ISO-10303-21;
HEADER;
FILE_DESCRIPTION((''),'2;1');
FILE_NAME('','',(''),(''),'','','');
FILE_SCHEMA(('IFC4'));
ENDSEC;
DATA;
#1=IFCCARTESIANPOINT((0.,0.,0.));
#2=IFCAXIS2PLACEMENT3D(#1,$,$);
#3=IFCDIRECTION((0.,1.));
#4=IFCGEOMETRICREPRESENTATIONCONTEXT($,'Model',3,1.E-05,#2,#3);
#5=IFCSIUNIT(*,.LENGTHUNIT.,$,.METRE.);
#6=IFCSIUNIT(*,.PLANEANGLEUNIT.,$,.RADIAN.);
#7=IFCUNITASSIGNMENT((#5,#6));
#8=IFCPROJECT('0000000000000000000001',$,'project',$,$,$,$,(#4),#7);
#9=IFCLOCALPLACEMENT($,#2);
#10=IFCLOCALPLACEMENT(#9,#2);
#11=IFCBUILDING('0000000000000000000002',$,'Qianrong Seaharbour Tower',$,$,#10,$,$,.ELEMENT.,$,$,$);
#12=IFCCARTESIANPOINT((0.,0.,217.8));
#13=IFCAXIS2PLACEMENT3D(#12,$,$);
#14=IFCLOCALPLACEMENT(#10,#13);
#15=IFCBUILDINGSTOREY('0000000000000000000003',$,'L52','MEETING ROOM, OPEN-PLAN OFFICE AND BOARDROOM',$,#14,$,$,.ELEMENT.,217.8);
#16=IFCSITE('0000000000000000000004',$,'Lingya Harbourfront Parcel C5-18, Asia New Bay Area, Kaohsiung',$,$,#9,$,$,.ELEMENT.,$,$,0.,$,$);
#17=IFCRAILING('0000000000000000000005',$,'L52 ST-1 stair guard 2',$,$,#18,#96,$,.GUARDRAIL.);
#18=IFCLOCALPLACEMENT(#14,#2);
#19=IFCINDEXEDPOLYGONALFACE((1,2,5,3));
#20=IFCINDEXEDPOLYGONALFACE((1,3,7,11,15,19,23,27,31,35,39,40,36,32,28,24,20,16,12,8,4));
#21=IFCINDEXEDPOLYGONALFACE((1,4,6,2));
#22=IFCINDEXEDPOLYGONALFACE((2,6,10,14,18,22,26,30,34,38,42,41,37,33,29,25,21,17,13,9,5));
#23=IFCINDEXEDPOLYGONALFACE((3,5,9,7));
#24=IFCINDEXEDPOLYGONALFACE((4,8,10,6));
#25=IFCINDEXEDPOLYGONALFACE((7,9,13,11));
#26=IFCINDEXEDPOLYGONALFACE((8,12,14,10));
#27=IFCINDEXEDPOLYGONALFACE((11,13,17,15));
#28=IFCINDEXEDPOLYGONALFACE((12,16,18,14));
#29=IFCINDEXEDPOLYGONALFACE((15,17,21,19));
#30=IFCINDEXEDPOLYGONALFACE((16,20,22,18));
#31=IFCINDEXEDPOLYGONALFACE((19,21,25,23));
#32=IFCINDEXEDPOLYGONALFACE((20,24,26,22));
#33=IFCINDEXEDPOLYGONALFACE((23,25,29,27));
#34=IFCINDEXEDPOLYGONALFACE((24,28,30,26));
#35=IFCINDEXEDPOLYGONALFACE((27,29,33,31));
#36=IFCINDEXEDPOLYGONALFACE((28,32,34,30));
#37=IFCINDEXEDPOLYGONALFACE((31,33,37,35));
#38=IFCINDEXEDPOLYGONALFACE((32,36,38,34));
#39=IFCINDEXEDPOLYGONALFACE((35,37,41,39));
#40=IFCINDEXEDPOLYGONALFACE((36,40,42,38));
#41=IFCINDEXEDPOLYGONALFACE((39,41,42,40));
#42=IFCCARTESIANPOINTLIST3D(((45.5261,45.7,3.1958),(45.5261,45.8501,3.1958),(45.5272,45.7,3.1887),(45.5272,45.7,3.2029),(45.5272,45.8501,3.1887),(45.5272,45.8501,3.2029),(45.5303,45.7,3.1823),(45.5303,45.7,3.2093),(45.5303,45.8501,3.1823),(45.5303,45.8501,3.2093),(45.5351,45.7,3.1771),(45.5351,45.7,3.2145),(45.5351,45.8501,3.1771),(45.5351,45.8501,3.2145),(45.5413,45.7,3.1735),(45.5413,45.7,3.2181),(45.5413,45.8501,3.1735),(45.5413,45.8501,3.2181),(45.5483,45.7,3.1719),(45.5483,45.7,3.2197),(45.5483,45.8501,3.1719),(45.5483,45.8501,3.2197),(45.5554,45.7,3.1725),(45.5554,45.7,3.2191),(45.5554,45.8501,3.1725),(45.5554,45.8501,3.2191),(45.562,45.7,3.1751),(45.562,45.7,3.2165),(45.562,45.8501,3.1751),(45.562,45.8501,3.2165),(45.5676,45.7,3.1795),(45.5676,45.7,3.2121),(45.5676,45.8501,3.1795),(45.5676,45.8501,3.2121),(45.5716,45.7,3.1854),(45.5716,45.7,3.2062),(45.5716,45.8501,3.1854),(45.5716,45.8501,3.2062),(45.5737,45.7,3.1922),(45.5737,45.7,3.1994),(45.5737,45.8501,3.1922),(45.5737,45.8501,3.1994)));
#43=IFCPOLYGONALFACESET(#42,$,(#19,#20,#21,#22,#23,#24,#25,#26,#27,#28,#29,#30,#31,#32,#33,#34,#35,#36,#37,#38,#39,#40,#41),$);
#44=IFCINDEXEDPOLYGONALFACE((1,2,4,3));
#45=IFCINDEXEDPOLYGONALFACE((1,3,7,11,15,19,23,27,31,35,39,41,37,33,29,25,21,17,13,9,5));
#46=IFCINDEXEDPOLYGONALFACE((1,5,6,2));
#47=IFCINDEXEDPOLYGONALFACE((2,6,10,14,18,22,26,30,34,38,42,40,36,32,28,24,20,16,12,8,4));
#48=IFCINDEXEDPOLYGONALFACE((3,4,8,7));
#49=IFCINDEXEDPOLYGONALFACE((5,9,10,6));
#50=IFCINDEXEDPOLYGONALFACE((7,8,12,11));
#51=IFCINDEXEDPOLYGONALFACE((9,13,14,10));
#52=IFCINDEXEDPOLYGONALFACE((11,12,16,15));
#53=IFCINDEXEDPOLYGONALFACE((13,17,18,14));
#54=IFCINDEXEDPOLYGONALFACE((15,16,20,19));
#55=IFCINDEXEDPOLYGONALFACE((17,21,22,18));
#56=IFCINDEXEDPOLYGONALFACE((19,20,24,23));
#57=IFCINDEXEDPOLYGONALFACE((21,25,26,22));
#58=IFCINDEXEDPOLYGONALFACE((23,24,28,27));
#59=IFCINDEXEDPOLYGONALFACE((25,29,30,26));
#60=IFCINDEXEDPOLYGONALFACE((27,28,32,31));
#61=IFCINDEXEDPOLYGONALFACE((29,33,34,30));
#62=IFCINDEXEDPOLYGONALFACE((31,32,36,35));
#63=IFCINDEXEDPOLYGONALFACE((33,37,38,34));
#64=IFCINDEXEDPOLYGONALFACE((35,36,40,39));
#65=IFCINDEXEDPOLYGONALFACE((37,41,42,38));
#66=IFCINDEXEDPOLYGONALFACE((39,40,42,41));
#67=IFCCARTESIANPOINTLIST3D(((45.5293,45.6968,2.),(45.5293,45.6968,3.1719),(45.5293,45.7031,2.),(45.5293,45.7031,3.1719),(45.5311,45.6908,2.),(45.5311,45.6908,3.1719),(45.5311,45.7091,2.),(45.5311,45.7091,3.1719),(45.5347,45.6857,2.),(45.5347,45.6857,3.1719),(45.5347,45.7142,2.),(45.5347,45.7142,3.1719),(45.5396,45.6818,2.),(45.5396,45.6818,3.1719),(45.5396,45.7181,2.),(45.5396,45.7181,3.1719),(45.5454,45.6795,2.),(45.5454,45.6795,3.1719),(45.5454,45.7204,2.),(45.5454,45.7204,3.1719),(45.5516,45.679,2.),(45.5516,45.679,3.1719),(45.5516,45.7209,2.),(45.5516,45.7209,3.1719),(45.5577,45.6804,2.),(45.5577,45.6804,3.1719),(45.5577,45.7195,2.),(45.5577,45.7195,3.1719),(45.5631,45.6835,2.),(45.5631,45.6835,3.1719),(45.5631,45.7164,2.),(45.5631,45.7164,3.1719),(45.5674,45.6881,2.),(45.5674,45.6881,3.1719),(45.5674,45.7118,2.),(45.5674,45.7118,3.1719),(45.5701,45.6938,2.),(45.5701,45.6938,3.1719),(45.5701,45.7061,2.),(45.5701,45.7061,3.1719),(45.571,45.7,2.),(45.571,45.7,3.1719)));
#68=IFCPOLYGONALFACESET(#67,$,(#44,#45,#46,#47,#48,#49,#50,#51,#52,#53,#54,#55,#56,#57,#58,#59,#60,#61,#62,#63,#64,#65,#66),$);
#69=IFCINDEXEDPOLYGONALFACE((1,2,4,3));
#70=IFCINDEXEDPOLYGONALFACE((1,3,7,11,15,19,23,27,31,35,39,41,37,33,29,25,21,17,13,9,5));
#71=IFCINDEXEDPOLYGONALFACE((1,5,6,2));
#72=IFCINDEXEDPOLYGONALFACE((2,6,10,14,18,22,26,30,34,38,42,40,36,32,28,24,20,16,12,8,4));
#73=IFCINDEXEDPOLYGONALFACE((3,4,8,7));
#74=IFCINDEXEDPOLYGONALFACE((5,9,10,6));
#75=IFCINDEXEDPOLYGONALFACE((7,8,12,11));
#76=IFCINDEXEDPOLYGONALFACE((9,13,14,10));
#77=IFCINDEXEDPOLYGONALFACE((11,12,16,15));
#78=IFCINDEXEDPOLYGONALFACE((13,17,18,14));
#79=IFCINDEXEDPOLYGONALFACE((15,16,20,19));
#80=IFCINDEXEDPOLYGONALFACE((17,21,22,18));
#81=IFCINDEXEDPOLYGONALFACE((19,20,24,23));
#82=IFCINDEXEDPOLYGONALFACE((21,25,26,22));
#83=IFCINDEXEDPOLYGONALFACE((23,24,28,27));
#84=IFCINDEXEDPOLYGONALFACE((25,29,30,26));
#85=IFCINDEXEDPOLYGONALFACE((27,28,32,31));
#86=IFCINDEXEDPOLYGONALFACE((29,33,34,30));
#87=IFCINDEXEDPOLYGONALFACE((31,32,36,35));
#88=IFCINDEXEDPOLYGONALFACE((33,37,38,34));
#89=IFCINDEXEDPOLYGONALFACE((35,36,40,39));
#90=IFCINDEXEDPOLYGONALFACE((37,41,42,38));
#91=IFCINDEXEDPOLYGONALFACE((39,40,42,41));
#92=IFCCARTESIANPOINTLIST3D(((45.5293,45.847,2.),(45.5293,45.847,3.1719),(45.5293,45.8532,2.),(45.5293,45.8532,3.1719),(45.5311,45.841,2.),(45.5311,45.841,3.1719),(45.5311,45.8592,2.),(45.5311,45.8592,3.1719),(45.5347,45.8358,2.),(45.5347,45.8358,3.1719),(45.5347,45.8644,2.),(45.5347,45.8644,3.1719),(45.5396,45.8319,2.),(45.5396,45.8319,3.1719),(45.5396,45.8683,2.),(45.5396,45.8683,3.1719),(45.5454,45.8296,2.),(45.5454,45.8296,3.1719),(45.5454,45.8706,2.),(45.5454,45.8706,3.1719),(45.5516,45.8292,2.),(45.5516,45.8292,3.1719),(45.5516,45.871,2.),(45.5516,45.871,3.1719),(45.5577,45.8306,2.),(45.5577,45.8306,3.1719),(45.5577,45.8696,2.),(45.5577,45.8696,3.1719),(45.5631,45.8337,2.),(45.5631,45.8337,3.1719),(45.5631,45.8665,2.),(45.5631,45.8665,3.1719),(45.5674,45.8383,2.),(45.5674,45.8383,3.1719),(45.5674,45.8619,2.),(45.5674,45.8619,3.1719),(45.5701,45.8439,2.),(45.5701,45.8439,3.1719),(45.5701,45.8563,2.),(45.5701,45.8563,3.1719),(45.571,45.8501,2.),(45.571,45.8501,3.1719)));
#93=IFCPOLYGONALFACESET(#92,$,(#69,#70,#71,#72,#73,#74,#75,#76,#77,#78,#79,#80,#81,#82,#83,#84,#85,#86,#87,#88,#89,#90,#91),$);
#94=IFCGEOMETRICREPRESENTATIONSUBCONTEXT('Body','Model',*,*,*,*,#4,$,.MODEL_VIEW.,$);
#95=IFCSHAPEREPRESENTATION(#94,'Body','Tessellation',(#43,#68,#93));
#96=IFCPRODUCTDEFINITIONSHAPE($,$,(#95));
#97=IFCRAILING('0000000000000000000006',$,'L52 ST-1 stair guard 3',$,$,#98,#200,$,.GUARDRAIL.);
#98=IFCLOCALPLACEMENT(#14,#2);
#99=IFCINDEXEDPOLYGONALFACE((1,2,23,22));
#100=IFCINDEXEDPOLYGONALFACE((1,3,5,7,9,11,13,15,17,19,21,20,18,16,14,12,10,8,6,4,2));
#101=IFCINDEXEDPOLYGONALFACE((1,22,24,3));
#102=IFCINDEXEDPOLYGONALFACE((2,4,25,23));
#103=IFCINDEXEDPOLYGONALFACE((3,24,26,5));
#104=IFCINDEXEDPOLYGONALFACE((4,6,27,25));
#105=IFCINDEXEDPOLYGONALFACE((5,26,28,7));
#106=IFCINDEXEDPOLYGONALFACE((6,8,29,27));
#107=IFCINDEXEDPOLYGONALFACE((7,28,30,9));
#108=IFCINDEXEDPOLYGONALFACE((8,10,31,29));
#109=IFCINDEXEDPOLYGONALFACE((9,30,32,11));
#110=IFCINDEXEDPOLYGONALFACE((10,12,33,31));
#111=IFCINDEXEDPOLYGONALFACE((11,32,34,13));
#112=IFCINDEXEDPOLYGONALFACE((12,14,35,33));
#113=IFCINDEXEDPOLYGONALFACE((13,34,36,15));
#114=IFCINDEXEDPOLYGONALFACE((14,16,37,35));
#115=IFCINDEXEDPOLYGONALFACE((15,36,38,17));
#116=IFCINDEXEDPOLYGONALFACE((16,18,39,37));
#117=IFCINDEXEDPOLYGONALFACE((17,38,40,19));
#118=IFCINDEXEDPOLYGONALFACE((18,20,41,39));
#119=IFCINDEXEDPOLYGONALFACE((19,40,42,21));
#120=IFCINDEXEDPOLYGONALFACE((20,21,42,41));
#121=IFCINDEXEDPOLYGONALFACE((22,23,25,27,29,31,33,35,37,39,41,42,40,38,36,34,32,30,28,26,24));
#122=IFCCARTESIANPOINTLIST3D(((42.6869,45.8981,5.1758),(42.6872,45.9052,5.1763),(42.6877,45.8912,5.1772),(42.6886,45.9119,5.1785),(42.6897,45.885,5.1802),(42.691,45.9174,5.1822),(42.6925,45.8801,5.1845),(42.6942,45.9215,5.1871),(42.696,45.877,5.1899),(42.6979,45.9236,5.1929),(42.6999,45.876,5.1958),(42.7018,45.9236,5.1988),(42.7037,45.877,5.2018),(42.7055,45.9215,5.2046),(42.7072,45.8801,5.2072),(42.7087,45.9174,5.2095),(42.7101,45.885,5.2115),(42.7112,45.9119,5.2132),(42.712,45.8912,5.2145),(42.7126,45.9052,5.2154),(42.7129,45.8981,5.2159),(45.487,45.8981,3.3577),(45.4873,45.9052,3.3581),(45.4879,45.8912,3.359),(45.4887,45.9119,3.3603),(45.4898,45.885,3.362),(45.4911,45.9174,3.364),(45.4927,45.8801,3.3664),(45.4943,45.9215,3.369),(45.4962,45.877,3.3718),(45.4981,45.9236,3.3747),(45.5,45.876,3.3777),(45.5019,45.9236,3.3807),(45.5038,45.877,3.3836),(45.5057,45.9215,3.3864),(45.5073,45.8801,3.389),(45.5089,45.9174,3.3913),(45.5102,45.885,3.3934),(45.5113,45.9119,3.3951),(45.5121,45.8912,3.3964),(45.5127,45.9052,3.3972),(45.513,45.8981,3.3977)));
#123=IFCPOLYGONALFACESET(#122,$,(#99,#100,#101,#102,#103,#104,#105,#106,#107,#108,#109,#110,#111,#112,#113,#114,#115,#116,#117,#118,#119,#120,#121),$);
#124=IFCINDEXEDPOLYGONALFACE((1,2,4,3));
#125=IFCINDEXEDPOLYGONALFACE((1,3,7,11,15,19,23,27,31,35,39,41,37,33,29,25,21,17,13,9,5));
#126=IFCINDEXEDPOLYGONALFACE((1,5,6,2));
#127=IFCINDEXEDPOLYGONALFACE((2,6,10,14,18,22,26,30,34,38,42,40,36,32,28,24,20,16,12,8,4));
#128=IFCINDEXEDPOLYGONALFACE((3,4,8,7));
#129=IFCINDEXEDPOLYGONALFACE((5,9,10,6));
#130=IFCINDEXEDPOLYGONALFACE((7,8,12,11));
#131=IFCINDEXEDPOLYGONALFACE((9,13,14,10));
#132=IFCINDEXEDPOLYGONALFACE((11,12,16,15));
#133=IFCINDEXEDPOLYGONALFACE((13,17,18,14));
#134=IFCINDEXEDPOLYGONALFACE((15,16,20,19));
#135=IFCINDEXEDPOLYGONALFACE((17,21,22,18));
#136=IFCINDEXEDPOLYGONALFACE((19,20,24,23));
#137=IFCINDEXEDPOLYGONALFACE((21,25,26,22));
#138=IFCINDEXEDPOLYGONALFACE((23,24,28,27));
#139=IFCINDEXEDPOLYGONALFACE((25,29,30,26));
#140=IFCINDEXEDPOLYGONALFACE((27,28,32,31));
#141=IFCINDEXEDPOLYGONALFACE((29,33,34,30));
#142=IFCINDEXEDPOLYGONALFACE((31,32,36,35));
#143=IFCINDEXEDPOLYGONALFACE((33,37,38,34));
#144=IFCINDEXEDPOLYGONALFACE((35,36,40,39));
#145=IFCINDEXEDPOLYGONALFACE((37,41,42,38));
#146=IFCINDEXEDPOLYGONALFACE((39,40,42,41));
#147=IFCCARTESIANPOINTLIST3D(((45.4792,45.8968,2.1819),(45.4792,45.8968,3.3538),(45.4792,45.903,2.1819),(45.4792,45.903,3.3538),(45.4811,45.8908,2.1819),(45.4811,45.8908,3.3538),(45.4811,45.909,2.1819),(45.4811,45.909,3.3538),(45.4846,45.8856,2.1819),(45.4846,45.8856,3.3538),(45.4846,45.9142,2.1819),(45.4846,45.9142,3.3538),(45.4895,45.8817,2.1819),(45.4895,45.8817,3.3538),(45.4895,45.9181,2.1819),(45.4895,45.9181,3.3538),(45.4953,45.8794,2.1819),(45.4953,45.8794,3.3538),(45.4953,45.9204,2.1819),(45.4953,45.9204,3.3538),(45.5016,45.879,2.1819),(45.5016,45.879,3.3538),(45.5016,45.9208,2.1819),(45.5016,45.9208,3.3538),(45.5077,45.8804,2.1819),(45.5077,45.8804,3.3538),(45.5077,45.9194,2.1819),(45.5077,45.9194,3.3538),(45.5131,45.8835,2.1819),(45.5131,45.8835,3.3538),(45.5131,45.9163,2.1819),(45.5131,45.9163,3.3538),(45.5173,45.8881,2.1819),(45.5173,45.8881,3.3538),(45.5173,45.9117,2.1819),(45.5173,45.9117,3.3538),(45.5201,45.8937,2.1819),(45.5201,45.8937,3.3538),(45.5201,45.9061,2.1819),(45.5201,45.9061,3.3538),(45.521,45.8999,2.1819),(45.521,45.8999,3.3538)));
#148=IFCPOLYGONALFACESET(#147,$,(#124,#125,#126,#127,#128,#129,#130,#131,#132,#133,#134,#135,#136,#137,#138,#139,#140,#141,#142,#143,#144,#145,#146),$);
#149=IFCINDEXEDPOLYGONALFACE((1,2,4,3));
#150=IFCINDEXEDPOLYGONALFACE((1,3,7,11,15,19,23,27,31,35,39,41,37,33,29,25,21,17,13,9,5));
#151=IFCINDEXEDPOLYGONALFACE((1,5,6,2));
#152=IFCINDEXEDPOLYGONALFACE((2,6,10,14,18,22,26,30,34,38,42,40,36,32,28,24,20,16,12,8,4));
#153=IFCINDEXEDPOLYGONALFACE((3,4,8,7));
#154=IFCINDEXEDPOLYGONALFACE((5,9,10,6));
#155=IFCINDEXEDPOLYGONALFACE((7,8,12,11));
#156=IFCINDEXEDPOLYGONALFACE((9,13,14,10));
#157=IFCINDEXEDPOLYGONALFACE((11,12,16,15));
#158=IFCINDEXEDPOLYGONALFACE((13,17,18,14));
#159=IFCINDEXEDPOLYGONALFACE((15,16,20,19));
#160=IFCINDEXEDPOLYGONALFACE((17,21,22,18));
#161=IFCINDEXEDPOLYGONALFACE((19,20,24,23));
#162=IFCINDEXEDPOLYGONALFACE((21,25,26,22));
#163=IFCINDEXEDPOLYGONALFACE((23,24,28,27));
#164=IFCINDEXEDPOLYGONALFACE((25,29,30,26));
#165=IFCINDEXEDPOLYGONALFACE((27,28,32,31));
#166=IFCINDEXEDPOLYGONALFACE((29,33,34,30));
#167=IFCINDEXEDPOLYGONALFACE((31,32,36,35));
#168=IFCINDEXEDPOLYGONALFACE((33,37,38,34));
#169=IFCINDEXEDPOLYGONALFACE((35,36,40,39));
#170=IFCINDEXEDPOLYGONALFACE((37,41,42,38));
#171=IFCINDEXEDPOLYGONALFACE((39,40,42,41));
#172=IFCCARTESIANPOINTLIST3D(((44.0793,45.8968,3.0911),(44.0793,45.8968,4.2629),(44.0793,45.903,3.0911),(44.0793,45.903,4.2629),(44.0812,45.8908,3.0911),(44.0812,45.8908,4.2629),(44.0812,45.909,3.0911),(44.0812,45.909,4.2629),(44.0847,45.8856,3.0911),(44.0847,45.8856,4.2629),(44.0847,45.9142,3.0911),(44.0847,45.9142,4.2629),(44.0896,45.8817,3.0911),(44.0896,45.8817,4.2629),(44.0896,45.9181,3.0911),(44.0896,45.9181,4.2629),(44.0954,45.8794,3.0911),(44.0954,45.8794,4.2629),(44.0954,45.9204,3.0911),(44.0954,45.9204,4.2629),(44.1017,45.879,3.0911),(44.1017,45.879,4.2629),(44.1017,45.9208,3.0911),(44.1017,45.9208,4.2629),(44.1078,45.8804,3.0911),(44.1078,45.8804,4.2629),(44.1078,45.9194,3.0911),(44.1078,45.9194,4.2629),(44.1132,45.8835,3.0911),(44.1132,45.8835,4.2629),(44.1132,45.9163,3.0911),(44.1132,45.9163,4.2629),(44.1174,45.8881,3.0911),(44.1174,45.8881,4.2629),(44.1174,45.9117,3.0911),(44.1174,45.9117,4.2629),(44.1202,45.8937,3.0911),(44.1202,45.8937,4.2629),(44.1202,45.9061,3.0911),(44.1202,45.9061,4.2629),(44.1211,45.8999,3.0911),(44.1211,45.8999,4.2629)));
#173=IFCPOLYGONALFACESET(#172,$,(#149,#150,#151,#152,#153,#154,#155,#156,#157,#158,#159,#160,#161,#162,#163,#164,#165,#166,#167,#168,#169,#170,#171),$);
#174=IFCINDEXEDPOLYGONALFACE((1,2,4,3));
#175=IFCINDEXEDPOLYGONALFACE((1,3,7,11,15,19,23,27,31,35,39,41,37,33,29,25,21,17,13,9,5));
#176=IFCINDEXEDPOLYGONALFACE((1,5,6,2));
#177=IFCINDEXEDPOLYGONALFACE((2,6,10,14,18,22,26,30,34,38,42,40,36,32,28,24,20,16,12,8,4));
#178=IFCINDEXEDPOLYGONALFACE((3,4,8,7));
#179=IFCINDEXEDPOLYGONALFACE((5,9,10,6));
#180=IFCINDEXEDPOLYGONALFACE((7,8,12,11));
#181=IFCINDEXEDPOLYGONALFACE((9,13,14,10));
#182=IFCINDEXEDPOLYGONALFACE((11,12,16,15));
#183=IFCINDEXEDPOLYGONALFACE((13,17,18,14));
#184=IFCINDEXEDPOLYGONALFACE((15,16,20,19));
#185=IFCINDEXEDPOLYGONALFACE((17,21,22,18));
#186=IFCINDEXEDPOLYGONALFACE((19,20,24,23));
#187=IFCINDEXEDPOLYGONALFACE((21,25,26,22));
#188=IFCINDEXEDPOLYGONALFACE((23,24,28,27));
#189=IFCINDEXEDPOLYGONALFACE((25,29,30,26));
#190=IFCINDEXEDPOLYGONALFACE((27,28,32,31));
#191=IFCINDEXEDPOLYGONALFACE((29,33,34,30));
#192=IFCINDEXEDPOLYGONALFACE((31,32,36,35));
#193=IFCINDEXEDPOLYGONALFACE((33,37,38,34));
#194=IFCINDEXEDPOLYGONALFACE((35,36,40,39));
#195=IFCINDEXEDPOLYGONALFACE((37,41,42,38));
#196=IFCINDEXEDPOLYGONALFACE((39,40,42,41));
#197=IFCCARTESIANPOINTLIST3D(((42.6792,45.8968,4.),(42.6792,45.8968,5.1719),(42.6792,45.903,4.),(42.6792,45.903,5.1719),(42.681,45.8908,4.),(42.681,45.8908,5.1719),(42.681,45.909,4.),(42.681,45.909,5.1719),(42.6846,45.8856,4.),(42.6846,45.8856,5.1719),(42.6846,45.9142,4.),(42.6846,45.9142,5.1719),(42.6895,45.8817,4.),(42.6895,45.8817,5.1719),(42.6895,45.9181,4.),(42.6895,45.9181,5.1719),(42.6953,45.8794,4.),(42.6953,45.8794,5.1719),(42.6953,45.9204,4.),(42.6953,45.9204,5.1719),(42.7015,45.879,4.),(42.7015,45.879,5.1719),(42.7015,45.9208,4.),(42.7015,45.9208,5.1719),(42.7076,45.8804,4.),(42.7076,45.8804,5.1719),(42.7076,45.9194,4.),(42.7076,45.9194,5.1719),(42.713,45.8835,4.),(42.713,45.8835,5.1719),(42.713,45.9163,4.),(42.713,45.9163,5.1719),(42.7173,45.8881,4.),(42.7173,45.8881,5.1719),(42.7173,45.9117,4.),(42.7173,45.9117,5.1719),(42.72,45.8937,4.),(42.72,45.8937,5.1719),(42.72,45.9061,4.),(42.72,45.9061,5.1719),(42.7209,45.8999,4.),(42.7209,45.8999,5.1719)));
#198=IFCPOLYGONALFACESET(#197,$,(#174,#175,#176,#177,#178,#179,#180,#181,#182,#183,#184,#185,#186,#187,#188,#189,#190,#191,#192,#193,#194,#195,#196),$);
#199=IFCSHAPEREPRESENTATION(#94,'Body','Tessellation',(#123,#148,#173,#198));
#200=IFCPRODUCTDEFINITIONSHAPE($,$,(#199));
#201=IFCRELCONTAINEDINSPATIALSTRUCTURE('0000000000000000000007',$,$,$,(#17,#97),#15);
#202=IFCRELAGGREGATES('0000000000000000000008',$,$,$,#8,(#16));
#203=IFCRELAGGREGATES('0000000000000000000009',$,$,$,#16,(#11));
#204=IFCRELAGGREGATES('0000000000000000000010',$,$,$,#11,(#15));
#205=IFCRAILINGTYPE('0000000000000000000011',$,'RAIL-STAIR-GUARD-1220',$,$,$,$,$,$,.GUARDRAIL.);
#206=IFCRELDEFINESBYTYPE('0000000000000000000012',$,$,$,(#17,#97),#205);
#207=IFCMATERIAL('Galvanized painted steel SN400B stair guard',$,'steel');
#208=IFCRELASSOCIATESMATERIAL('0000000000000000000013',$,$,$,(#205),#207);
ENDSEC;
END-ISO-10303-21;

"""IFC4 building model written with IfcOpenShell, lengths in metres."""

from ifc_helpers import new_model, si_unit, direction, frame, origin, origin_2d, place, context, subcontext, project, spatial, circle, extrude, material, type_object, element, save


model = new_model("IFC4")

# Units and contexts
model_context = context("Model", 3, precision=1e-05, world=origin(), true_north=direction((0.0, 1.0)))
body_context = subcontext(model_context, "Body", "Model", "MODEL_VIEW")
ifc_project = project(units=[si_unit("LENGTHUNIT", "METRE"), si_unit("PLANEANGLEUNIT", "RADIAN")], contexts=[model_context])

# Site, building, storey
site_placement = place(None, origin())
site = spatial("IfcSite", under=ifc_project, at=site_placement, Name="Lingya Harbourfront Parcel C5-18, Asia New Bay Area, Kaohsiung", CompositionType="ELEMENT", RefElevation=0.0)
building_placement = place(site_placement, origin())
building = spatial("IfcBuilding", under=site, at=building_placement, Name="Qianrong Seaharbour Tower", CompositionType="ELEMENT")
storey_placement = place(building_placement, frame((0.0, 0.0, 217.8)))
storey = spatial("IfcBuildingStorey", under=building, at=storey_placement, Name="L52", Description="MEETING ROOM, OPEN-PLAN OFFICE AND BOARDROOM", CompositionType="ELEMENT", Elevation=217.8)

# Railings
ifc_material_1 = material(Name="Galvanized painted steel SN400B stair guard", Category="steel")
railing_type_1 = type_object("IfcRailingType", Name="RAIL-STAIR-GUARD-1220", PredefinedType="GUARDRAIL", material=ifc_material_1)
railing_1_placement = place(storey_placement, frame((45.55, 45.7, 2.0)))
element("IfcRailing", 1, at=railing_1_placement, inside=storey, type_object=railing_type_1, Name="L52 ST-1 stair guard 2", PredefinedType="GUARDRAIL", context=body_context, shape_type="SweptSolid", body=[
    extrude(circle(Radius=0.0239, at=origin_2d()), frame((0.0, 0.0, 1.1958), z_axis=(0.0, 1.0, 0.0), x_axis=(-1.0, 0.0, 0.0)), (0.0, 0.0, 1.0), 0.1501),
    extrude(circle(Radius=0.021, at=origin_2d()), origin(), (0.0, 0.0, 1.0), 1.1719),
    extrude(circle(Radius=0.021, at=origin_2d()), frame((0.0, 0.1501, 0.0)), (0.0, 0.0, 1.0), 1.1719),
])
railing_2_placement = place(storey_placement, frame((45.5, 45.8999, 2.1819)))
element("IfcRailing", 2, at=railing_2_placement, inside=storey, type_object=railing_type_1, Name="L52 ST-1 stair guard 3", PredefinedType="GUARDRAIL", context=body_context, shape_type="SweptSolid", body=[
    extrude(circle(Radius=0.0239, at=origin_2d()), frame((0.0, 0.0, 1.1958), z_axis=(-0.838706, 0.0, 0.544585), x_axis=(0.0, -1.0, 0.0)), (0.0, 0.0, 1.0), 3.3386),
    extrude(circle(Radius=0.021, at=origin_2d()), origin(), (0.0, 0.0, 1.0), 1.1719),
    extrude(circle(Radius=0.021, at=origin_2d()), frame((-1.3999, 0.0, 0.9092)), (0.0, 0.0, 1.0), 1.1719),
    extrude(circle(Radius=0.021, at=origin_2d()), frame((-2.8, 0.0, 1.8181)), (0.0, 0.0, 1.0), 1.1719),
])

save(model, "model.ifc")
